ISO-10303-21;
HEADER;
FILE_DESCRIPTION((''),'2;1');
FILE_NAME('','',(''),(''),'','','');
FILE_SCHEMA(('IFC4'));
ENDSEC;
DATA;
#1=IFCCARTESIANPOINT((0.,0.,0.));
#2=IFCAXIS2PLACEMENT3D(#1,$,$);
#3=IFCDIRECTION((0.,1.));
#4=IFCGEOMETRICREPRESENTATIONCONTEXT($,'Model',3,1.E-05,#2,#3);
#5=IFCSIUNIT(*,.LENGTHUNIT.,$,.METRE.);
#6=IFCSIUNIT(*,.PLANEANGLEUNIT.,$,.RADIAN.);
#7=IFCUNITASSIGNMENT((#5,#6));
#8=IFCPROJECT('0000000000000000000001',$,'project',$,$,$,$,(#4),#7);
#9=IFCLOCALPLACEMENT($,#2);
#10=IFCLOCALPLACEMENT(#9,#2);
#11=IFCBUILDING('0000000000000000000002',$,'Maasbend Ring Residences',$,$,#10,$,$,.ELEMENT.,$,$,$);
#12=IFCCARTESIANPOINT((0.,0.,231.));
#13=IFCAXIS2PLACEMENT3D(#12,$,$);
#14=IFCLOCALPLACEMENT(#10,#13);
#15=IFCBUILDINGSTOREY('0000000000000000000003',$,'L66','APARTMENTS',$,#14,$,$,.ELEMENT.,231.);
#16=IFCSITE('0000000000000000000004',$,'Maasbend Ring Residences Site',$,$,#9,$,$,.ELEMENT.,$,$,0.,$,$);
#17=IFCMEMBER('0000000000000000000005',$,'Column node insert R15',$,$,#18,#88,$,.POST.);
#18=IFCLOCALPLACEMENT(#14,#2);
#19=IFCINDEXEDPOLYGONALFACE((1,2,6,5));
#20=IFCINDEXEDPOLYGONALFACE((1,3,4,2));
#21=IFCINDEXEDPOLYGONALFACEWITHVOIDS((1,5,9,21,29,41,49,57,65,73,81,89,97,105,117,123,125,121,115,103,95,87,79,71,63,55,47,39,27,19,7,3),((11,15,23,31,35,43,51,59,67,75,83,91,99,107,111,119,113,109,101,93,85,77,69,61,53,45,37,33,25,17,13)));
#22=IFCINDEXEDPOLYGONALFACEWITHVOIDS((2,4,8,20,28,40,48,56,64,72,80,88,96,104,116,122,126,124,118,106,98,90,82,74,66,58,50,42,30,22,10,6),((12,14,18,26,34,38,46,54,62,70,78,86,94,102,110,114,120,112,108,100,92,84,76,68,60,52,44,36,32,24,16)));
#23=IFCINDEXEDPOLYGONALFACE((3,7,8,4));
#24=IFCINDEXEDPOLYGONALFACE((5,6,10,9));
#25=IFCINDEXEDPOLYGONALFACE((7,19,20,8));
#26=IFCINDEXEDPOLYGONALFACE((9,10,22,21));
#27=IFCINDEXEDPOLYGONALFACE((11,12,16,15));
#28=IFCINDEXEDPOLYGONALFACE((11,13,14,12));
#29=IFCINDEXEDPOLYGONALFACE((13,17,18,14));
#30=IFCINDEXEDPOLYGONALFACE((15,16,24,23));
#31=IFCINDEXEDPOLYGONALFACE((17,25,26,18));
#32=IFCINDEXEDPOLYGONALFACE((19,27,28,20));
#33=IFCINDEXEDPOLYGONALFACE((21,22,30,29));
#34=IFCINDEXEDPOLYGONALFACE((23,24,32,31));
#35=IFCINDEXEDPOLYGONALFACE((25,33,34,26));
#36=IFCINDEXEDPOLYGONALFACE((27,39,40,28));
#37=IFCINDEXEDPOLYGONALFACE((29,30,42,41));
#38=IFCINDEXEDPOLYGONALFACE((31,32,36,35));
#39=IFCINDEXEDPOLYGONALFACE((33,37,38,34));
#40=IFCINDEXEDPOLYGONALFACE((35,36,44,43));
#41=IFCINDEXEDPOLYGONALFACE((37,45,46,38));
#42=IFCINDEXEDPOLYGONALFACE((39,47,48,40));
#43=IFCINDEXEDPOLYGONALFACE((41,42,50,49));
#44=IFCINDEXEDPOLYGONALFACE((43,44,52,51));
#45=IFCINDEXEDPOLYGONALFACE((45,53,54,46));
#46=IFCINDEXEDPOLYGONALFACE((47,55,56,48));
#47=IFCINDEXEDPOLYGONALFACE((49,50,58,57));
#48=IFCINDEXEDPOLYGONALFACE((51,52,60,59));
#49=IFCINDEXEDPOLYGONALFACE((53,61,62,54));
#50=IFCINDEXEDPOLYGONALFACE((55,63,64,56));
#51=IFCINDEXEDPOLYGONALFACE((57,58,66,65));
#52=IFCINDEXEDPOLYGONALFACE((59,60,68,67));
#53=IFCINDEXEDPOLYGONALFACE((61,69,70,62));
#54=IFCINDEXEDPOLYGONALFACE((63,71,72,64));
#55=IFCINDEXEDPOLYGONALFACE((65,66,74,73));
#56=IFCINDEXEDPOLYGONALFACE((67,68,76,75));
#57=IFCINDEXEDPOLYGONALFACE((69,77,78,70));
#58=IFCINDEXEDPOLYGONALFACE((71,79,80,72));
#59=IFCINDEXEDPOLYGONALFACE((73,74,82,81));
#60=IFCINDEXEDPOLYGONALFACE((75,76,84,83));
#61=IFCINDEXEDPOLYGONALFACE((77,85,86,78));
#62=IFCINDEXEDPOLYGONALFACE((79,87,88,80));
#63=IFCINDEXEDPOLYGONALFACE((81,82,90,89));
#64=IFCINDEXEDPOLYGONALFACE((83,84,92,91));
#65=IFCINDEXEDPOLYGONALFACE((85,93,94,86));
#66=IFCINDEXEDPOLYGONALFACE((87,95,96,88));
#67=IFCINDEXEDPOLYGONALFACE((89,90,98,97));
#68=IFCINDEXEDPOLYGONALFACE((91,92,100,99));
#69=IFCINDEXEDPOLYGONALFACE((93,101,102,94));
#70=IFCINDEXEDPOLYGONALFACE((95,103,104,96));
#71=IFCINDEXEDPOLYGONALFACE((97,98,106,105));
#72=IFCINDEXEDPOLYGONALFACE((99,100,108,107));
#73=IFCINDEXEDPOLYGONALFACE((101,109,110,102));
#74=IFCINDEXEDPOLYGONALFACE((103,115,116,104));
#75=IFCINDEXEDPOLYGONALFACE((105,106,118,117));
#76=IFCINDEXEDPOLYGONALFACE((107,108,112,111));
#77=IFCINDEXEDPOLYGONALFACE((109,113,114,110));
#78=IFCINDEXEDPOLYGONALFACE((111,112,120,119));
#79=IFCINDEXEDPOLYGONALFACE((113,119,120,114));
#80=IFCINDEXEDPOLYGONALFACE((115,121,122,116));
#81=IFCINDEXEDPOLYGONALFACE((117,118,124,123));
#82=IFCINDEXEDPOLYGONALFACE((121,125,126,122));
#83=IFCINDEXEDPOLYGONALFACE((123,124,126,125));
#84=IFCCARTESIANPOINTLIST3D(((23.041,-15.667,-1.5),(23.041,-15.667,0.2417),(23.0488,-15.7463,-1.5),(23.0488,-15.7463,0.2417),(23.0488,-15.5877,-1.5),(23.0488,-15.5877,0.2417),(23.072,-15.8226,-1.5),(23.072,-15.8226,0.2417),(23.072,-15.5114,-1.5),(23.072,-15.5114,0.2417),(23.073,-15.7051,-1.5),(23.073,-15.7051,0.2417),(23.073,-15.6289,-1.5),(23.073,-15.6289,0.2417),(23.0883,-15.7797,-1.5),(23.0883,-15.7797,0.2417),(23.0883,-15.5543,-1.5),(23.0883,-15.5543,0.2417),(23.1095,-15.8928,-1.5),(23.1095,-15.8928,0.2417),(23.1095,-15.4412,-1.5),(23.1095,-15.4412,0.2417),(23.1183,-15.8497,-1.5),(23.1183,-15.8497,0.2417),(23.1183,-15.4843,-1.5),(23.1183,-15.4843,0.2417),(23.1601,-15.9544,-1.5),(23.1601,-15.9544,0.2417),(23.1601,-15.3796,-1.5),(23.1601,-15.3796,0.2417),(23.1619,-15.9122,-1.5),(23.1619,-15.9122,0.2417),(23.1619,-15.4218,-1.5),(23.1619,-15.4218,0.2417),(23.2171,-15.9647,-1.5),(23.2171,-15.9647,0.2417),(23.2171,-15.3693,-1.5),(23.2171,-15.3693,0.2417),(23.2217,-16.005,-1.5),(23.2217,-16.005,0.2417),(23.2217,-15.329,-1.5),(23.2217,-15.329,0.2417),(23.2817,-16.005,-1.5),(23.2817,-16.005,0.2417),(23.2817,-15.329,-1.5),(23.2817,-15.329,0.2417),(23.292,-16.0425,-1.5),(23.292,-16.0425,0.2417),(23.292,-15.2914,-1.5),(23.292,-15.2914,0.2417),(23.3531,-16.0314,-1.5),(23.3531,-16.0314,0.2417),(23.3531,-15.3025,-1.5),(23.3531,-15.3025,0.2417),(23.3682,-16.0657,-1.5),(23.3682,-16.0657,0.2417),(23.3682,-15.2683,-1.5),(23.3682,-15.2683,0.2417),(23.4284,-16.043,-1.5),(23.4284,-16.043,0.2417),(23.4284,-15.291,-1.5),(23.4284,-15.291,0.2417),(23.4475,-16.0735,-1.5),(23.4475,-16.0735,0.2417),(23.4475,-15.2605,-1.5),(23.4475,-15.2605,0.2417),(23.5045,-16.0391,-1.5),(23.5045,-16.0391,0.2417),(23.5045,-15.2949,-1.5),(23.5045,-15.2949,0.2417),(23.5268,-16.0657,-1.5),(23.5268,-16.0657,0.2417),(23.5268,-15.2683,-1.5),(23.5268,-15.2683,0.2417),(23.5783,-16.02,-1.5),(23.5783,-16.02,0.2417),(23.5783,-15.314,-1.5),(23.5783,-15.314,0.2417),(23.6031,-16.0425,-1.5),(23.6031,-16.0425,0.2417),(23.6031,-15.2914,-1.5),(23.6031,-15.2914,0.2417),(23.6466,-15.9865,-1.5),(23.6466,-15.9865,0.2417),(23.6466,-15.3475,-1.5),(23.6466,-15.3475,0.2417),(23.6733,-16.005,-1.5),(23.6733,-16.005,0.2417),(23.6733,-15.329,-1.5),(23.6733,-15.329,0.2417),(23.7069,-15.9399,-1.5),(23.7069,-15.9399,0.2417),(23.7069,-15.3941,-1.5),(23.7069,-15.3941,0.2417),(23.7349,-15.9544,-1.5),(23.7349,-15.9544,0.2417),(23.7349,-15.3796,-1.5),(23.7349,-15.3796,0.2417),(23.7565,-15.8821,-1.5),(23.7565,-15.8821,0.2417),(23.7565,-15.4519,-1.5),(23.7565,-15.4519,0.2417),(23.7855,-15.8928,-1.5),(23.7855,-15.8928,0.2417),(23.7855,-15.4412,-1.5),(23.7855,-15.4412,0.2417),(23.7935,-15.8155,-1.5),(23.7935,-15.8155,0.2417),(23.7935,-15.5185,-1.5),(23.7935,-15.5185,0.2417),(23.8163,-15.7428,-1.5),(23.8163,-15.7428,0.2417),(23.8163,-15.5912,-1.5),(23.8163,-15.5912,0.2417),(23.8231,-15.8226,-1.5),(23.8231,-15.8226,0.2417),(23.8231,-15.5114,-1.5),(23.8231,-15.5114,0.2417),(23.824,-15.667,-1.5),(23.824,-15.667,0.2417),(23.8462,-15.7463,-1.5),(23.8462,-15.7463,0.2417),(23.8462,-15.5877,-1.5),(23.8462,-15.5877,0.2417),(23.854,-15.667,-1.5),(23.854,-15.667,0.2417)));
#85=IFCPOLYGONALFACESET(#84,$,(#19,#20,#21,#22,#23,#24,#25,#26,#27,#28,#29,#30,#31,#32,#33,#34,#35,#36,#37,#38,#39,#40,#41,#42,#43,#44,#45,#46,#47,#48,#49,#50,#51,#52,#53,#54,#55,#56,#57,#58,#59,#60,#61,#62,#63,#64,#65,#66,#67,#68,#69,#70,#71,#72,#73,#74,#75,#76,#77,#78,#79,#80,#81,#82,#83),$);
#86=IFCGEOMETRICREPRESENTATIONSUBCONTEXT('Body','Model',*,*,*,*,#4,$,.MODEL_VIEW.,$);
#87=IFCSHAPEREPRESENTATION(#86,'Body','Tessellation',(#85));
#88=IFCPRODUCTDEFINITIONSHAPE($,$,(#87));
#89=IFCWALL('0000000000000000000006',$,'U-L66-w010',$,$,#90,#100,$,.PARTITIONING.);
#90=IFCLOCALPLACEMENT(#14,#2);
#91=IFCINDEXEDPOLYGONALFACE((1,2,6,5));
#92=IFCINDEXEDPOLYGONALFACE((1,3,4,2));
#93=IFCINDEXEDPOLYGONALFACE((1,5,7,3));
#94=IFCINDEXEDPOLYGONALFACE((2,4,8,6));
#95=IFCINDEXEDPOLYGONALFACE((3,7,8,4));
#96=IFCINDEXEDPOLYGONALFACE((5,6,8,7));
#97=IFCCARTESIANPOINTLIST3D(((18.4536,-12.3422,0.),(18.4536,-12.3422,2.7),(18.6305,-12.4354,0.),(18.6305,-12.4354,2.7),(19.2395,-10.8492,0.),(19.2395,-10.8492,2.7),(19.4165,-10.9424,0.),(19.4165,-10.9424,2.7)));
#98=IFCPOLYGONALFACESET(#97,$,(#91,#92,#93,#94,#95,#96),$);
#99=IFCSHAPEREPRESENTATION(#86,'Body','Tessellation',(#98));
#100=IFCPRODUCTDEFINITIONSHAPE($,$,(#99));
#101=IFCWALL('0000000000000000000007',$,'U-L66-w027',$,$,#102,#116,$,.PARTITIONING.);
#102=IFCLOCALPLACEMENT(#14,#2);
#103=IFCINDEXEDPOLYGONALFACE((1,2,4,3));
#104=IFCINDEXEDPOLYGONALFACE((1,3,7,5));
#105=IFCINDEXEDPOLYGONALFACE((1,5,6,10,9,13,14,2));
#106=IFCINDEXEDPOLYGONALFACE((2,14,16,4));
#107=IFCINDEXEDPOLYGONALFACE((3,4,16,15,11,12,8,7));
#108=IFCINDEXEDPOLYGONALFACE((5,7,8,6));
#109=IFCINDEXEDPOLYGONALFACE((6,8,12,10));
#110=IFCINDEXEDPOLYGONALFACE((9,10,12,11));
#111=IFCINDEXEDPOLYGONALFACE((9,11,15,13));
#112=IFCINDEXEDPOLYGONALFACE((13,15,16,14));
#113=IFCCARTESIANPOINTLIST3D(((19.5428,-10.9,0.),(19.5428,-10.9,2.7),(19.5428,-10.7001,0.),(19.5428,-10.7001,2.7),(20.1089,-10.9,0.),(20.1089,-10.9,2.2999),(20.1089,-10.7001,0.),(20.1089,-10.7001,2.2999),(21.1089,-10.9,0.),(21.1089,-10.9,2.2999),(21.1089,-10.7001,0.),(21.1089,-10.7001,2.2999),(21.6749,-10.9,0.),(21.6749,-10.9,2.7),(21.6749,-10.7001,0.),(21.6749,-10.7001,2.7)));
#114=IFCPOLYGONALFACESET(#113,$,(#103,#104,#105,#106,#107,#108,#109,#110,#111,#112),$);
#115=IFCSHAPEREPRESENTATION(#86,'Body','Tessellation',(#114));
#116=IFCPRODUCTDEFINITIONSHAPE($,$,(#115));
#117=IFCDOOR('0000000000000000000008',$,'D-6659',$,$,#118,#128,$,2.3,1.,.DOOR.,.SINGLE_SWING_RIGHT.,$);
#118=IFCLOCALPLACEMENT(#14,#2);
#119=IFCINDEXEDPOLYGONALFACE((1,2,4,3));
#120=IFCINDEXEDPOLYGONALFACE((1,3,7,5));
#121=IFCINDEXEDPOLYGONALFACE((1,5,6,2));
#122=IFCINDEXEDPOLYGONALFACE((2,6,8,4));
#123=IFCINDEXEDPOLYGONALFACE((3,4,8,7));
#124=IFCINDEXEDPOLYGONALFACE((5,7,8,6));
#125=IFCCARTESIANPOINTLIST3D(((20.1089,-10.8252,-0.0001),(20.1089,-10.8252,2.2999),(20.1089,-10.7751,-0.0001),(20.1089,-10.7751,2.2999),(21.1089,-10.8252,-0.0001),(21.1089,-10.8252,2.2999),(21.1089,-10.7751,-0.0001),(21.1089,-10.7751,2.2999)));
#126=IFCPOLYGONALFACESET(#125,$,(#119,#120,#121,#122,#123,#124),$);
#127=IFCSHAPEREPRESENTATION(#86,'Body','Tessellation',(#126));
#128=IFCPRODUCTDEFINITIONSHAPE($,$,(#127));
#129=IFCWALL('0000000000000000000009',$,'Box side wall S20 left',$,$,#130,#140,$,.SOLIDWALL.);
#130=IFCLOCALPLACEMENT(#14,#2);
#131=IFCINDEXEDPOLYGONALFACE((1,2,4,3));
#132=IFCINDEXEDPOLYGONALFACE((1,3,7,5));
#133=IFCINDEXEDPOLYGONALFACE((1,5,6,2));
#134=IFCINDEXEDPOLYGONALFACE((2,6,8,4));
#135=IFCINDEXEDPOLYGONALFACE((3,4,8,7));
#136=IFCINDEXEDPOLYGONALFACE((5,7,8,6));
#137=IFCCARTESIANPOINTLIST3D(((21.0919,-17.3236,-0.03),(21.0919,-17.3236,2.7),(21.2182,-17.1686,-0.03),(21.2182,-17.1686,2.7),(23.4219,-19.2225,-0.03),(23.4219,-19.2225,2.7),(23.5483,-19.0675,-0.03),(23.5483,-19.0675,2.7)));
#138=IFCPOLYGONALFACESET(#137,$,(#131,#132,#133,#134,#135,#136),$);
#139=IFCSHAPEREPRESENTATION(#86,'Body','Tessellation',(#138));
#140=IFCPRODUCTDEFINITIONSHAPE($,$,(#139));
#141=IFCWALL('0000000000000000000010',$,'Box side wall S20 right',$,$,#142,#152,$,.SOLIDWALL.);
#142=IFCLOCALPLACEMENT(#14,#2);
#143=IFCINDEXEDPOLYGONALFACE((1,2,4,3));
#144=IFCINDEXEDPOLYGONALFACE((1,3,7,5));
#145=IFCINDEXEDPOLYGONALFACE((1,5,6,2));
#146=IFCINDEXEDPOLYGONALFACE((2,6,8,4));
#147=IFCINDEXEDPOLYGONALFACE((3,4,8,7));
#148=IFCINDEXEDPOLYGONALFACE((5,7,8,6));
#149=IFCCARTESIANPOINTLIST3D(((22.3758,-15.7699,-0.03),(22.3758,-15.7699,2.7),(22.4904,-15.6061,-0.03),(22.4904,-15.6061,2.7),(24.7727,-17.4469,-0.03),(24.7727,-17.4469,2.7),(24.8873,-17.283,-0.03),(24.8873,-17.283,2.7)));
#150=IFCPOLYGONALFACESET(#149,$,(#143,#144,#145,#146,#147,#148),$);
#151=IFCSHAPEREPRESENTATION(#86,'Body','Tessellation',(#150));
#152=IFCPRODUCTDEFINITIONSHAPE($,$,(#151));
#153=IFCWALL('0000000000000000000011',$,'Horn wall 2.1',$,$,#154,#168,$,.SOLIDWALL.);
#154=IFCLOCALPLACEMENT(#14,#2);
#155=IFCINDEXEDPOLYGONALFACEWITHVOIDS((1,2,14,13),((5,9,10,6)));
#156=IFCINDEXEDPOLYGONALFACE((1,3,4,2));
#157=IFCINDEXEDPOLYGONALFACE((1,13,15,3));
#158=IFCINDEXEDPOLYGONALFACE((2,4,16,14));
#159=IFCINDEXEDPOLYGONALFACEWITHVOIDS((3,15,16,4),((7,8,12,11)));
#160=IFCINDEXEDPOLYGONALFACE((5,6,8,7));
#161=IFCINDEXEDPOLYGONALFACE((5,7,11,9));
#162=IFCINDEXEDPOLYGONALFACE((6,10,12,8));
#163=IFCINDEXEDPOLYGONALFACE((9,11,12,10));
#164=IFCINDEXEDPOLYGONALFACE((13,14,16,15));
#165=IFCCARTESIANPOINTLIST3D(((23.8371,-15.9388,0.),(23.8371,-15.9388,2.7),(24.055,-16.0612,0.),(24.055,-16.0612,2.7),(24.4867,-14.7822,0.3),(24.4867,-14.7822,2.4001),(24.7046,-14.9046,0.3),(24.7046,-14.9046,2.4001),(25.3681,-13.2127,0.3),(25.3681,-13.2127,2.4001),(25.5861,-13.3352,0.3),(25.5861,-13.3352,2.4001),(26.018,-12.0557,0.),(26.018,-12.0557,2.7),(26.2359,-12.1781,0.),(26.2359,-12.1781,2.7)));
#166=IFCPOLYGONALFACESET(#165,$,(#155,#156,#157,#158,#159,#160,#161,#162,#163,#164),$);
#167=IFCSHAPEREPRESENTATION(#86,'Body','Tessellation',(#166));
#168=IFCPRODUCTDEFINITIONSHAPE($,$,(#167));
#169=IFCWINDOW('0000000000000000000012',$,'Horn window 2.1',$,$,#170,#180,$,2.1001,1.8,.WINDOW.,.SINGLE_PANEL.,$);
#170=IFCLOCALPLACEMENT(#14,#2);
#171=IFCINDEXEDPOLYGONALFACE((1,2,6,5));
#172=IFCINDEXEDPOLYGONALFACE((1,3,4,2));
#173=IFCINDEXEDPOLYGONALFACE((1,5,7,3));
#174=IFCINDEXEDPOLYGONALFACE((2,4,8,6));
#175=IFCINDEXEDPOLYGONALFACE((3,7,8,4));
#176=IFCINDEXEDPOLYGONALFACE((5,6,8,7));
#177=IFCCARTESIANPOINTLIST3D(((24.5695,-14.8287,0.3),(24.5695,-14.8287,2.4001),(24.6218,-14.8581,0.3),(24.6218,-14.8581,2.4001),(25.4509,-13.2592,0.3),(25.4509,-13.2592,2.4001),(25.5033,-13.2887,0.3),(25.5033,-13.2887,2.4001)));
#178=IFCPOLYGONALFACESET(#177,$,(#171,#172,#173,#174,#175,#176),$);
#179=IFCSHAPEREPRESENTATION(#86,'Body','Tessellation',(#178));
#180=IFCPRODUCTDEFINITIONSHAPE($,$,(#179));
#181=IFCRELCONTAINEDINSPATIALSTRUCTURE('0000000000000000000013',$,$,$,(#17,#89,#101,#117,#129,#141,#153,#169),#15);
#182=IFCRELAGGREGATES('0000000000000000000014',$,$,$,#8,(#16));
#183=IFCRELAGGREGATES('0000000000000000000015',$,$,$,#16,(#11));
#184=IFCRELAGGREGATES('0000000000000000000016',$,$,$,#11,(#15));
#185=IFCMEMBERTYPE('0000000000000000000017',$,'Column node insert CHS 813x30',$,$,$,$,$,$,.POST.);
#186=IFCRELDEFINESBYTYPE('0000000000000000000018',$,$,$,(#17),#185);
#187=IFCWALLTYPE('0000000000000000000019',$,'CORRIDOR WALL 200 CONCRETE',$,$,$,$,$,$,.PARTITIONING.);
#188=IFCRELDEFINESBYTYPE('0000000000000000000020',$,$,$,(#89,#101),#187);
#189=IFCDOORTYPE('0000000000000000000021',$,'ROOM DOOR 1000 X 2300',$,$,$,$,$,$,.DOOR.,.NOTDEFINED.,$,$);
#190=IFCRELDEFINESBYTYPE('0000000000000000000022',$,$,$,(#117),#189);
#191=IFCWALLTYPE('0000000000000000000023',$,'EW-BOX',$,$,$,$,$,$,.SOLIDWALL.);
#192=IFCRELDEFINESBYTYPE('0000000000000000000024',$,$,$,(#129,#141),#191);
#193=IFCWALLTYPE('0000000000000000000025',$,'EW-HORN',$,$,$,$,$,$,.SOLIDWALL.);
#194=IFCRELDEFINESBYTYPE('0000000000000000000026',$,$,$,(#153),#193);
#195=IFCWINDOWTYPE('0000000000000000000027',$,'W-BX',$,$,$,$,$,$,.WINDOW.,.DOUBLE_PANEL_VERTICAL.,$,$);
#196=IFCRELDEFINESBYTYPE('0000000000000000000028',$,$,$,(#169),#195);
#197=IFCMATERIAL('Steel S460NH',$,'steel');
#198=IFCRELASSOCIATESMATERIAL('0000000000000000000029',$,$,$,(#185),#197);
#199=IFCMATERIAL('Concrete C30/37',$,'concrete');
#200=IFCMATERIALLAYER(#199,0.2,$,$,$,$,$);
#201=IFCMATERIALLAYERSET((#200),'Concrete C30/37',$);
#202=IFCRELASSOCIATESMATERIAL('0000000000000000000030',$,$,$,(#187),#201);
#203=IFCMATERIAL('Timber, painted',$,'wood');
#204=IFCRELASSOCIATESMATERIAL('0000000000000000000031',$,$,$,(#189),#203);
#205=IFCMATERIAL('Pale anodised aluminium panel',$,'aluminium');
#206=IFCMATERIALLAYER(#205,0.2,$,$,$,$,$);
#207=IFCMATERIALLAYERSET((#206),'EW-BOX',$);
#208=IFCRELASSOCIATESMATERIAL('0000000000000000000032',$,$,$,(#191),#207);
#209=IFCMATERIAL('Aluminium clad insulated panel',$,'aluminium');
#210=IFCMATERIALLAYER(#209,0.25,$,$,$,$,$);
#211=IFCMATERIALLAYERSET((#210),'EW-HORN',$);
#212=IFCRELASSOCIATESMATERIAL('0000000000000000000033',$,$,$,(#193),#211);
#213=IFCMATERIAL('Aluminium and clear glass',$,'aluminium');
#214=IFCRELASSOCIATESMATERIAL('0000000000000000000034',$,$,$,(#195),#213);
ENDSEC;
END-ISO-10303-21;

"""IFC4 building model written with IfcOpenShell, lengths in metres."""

from ifc_helpers import new_model, si_unit, direction, frame, frame_2d, origin, origin_2d, place, context, subcontext, project, spatial, rectangle, hollow_circle, extrude, material, layer, layer_set, material_profile, profile_set, type_object, element, fill, save


model = new_model("IFC4")

# Units and contexts
model_context = context("Model", 3, precision=1e-05, world=origin(), true_north=direction((0.0, 1.0)))
body_context = subcontext(model_context, "Body", "Model", "MODEL_VIEW")
ifc_project = project(units=[si_unit("LENGTHUNIT", "METRE"), si_unit("PLANEANGLEUNIT", "RADIAN")], contexts=[model_context])

# Site, building, storey
site_placement = place(None, origin())
site = spatial("IfcSite", under=ifc_project, at=site_placement, Name="Maasbend Ring Residences Site", CompositionType="ELEMENT", RefElevation=0.0)
building_placement = place(site_placement, origin())
building = spatial("IfcBuilding", under=site, at=building_placement, Name="Maasbend Ring Residences", CompositionType="ELEMENT")
storey_placement = place(building_placement, frame((0.0, 0.0, 231.0)))
storey = spatial("IfcBuildingStorey", under=building, at=storey_placement, Name="L66", Description="APARTMENTS", CompositionType="ELEMENT", Elevation=231.0)

# Member
ifc_material_1 = material(Name="Steel S460NH", Category="steel")
ifc_material_profile_1 = material_profile(ifc_material_1, hollow_circle(Radius=0.4065, WallThickness=0.03, at=origin_2d()), Name="Column node insert CHS 813x30")
ifc_profile_set_1 = profile_set([ifc_material_profile_1], Name="Steel S460NH")
member_type = type_object("IfcMemberType", Name="Column node insert CHS 813x30", PredefinedType="POST", material=ifc_profile_set_1)
member_placement = place(storey_placement, frame((23.4475, -15.667, -1.5), z_axis=(0.0, 0.0, 1.0), x_axis=(1.0, 0.0, 0.0)))
element("IfcMember", 1, at=member_placement, inside=storey, type_object=member_type, Name="Column node insert R15", PredefinedType="POST", context=body_context, shape_type="SweptSolid", body=[
    extrude(hollow_circle(Radius=0.4065, WallThickness=0.03, at=origin_2d()), origin(), (0.0, 0.0, 1.0), 1.7417),
])

# Wall
ifc_material_2 = material(Name="Concrete C30/37", Category="concrete")
ifc_layer_1 = layer(ifc_material_2, 0.2)
ifc_layer_set_1 = layer_set([ifc_layer_1], Name="Concrete C30/37")
wall_type_1 = type_object("IfcWallType", Name="CORRIDOR WALL 200 CONCRETE", PredefinedType="PARTITIONING", material=ifc_layer_set_1)
wall_1_placement = place(storey_placement, frame((18.542, -12.3889, 0.0), z_axis=(0.0, 0.0, 1.0), x_axis=(0.465812, 0.884884, 0.0)))
element("IfcWall", 2, at=wall_1_placement, inside=storey, type_object=wall_type_1, Name="U-L66-w010", PredefinedType="PARTITIONING", context=body_context, shape_type="SweptSolid", body=[
    extrude(rectangle(XDim=1.6873, YDim=0.2, at=frame_2d((0.8438, 0.0))), origin(), (0.0, 0.0, 1.0), 2.7),
])

# Wall, opening, door
wall_2_placement = place(storey_placement, frame((19.543, -10.8, 0.0), z_axis=(0.0, 0.0, 1.0), x_axis=(1.0, 0.0, 0.0)))
wall_2 = element("IfcWall", 3, at=wall_2_placement, inside=storey, type_object=wall_type_1, Name="U-L66-w027", PredefinedType="PARTITIONING", context=body_context, shape_type="SweptSolid", body=[
    extrude(rectangle(XDim=2.1321, YDim=0.2, at=frame_2d((1.0659, 0.0))), origin(), (0.0, 0.0, 1.0), 2.7),
])
opening_1_placement = place(wall_2_placement, frame((0.5659, 0.0, 0.0)))
opening_1 = element("IfcOpeningElement", 4, at=opening_1_placement, cuts=wall_2, PredefinedType="OPENING", context=body_context, shape_type="SweptSolid", body=[
    extrude(rectangle(XDim=1.0, YDim=2.3, at=frame_2d((0.5, 1.1499))), frame((0.0, 0.1099, 0.0), z_axis=(0.0, -1.0, 0.0), x_axis=(1.0, 0.0, 0.0)), (0.0, 0.0, 1.0), 0.22),
])
ifc_material_3 = material(Name="Timber, painted", Category="wood")
door_type_1 = type_object("IfcDoorType", Name="ROOM DOOR 1000 X 2300", OperationType="NOTDEFINED", PredefinedType="DOOR", material=ifc_material_3)
door_1_placement = place(opening_1_placement, origin())
door_1 = element("IfcDoor", 5, at=door_1_placement, inside=storey, type_object=door_type_1, Name="D-6659", OperationType="SINGLE_SWING_RIGHT", OverallHeight=2.3, OverallWidth=1.0, PredefinedType="DOOR", context=body_context, shape_type="SweptSolid", body=[
    extrude(rectangle(XDim=1.0, YDim=2.3, at=frame_2d((0.5, 1.1499))), frame((0.0, 0.0249, 0.0), z_axis=(0.0, -1.0, 0.0), x_axis=(1.0, 0.0, 0.0)), (0.0, 0.0, 1.0), 0.05),
])
fill(opening_1, door_1)

# Walls
ifc_material_4 = material(Name="Pale anodised aluminium panel", Category="aluminium")
ifc_layer_2 = layer(ifc_material_4, 0.2)
ifc_layer_set_2 = layer_set([ifc_layer_2], Name="EW-BOX")
wall_type_2 = type_object("IfcWallType", Name="EW-BOX", PredefinedType="SOLIDWALL", material=ifc_layer_set_2)
wall_3_placement = place(storey_placement, frame((21.155, -17.2461, -0.03), z_axis=(0.0, 0.0, 1.0), x_axis=(0.775179, -0.631742, 0.0)))
element("IfcWall", 6, at=wall_3_placement, inside=storey, type_object=wall_type_2, Name="Box side wall S20 left", PredefinedType="SOLIDWALL", context=body_context, shape_type="SweptSolid", body=[
    extrude(rectangle(XDim=3.0059, YDim=0.2, at=frame_2d((1.5029, 0.0))), origin(), (0.0, 0.0, 1.0), 2.73),
])
wall_4_placement = place(storey_placement, frame((22.4331, -15.688, -0.03), z_axis=(0.0, 0.0, 1.0), x_axis=(0.819373, -0.573261, 0.0)))
element("IfcWall", 7, at=wall_4_placement, inside=storey, type_object=wall_type_2, Name="Box side wall S20 right", PredefinedType="SOLIDWALL", context=body_context, shape_type="SweptSolid", body=[
    extrude(rectangle(XDim=2.9253, YDim=0.2, at=frame_2d((1.4626, 0.0))), origin(), (0.0, 0.0, 1.0), 2.73),
])

# Wall, opening, window
ifc_material_5 = material(Name="Aluminium clad insulated panel", Category="aluminium")
ifc_layer_3 = layer(ifc_material_5, 0.25)
ifc_layer_set_3 = layer_set([ifc_layer_3], Name="EW-HORN")
wall_type_3 = type_object("IfcWallType", Name="EW-HORN", PredefinedType="SOLIDWALL", material=ifc_layer_set_3)
wall_5_placement = place(storey_placement, frame((23.946, -16.0, 0.0), z_axis=(0.0, 0.0, 1.0), x_axis=(0.489696, 0.871893, 0.0)))
wall_5 = element("IfcWall", 8, at=wall_5_placement, inside=storey, type_object=wall_type_3, Name="Horn wall 2.1", PredefinedType="SOLIDWALL", context=body_context, shape_type="SweptSolid", body=[
    extrude(rectangle(XDim=4.4536, YDim=0.25, at=frame_2d((2.2268, 0.0))), origin(), (0.0, 0.0, 1.0), 2.7),
])
opening_2_placement = place(wall_5_placement, frame((1.3267, 0.0, 0.3)))
opening_2 = element("IfcOpeningElement", 9, at=opening_2_placement, cuts=wall_5, PredefinedType="OPENING", context=body_context, shape_type="SweptSolid", body=[
    extrude(rectangle(XDim=1.8, YDim=2.1001, at=frame_2d((0.8999, 1.05))), frame((0.0, 0.135, 0.0), z_axis=(0.0, -1.0, 0.0), x_axis=(1.0, 0.0, 0.0)), (0.0, 0.0, 1.0), 0.27),
])
ifc_material_6 = material(Name="Aluminium and clear glass", Category="aluminium")
window_type = type_object("IfcWindowType", Name="W-BX", PartitioningType="DOUBLE_PANEL_VERTICAL", PredefinedType="WINDOW", material=ifc_material_6)
window_1_placement = place(opening_2_placement, origin())
window_1 = element("IfcWindow", 10, at=window_1_placement, inside=storey, type_object=window_type, Name="Horn window 2.1", OverallHeight=2.1001, OverallWidth=1.8, PartitioningType="SINGLE_PANEL", PredefinedType="WINDOW", context=body_context, shape_type="SweptSolid", body=[
    extrude(rectangle(XDim=1.8, YDim=2.1001, at=frame_2d((0.8999, 1.05))), frame((0.0, 0.03, 0.0), z_axis=(0.0, -1.0, 0.0), x_axis=(1.0, 0.0, 0.0)), (0.0, 0.0, 1.0), 0.0601),
])
fill(opening_2, window_1)

save(model, "model.ifc")
